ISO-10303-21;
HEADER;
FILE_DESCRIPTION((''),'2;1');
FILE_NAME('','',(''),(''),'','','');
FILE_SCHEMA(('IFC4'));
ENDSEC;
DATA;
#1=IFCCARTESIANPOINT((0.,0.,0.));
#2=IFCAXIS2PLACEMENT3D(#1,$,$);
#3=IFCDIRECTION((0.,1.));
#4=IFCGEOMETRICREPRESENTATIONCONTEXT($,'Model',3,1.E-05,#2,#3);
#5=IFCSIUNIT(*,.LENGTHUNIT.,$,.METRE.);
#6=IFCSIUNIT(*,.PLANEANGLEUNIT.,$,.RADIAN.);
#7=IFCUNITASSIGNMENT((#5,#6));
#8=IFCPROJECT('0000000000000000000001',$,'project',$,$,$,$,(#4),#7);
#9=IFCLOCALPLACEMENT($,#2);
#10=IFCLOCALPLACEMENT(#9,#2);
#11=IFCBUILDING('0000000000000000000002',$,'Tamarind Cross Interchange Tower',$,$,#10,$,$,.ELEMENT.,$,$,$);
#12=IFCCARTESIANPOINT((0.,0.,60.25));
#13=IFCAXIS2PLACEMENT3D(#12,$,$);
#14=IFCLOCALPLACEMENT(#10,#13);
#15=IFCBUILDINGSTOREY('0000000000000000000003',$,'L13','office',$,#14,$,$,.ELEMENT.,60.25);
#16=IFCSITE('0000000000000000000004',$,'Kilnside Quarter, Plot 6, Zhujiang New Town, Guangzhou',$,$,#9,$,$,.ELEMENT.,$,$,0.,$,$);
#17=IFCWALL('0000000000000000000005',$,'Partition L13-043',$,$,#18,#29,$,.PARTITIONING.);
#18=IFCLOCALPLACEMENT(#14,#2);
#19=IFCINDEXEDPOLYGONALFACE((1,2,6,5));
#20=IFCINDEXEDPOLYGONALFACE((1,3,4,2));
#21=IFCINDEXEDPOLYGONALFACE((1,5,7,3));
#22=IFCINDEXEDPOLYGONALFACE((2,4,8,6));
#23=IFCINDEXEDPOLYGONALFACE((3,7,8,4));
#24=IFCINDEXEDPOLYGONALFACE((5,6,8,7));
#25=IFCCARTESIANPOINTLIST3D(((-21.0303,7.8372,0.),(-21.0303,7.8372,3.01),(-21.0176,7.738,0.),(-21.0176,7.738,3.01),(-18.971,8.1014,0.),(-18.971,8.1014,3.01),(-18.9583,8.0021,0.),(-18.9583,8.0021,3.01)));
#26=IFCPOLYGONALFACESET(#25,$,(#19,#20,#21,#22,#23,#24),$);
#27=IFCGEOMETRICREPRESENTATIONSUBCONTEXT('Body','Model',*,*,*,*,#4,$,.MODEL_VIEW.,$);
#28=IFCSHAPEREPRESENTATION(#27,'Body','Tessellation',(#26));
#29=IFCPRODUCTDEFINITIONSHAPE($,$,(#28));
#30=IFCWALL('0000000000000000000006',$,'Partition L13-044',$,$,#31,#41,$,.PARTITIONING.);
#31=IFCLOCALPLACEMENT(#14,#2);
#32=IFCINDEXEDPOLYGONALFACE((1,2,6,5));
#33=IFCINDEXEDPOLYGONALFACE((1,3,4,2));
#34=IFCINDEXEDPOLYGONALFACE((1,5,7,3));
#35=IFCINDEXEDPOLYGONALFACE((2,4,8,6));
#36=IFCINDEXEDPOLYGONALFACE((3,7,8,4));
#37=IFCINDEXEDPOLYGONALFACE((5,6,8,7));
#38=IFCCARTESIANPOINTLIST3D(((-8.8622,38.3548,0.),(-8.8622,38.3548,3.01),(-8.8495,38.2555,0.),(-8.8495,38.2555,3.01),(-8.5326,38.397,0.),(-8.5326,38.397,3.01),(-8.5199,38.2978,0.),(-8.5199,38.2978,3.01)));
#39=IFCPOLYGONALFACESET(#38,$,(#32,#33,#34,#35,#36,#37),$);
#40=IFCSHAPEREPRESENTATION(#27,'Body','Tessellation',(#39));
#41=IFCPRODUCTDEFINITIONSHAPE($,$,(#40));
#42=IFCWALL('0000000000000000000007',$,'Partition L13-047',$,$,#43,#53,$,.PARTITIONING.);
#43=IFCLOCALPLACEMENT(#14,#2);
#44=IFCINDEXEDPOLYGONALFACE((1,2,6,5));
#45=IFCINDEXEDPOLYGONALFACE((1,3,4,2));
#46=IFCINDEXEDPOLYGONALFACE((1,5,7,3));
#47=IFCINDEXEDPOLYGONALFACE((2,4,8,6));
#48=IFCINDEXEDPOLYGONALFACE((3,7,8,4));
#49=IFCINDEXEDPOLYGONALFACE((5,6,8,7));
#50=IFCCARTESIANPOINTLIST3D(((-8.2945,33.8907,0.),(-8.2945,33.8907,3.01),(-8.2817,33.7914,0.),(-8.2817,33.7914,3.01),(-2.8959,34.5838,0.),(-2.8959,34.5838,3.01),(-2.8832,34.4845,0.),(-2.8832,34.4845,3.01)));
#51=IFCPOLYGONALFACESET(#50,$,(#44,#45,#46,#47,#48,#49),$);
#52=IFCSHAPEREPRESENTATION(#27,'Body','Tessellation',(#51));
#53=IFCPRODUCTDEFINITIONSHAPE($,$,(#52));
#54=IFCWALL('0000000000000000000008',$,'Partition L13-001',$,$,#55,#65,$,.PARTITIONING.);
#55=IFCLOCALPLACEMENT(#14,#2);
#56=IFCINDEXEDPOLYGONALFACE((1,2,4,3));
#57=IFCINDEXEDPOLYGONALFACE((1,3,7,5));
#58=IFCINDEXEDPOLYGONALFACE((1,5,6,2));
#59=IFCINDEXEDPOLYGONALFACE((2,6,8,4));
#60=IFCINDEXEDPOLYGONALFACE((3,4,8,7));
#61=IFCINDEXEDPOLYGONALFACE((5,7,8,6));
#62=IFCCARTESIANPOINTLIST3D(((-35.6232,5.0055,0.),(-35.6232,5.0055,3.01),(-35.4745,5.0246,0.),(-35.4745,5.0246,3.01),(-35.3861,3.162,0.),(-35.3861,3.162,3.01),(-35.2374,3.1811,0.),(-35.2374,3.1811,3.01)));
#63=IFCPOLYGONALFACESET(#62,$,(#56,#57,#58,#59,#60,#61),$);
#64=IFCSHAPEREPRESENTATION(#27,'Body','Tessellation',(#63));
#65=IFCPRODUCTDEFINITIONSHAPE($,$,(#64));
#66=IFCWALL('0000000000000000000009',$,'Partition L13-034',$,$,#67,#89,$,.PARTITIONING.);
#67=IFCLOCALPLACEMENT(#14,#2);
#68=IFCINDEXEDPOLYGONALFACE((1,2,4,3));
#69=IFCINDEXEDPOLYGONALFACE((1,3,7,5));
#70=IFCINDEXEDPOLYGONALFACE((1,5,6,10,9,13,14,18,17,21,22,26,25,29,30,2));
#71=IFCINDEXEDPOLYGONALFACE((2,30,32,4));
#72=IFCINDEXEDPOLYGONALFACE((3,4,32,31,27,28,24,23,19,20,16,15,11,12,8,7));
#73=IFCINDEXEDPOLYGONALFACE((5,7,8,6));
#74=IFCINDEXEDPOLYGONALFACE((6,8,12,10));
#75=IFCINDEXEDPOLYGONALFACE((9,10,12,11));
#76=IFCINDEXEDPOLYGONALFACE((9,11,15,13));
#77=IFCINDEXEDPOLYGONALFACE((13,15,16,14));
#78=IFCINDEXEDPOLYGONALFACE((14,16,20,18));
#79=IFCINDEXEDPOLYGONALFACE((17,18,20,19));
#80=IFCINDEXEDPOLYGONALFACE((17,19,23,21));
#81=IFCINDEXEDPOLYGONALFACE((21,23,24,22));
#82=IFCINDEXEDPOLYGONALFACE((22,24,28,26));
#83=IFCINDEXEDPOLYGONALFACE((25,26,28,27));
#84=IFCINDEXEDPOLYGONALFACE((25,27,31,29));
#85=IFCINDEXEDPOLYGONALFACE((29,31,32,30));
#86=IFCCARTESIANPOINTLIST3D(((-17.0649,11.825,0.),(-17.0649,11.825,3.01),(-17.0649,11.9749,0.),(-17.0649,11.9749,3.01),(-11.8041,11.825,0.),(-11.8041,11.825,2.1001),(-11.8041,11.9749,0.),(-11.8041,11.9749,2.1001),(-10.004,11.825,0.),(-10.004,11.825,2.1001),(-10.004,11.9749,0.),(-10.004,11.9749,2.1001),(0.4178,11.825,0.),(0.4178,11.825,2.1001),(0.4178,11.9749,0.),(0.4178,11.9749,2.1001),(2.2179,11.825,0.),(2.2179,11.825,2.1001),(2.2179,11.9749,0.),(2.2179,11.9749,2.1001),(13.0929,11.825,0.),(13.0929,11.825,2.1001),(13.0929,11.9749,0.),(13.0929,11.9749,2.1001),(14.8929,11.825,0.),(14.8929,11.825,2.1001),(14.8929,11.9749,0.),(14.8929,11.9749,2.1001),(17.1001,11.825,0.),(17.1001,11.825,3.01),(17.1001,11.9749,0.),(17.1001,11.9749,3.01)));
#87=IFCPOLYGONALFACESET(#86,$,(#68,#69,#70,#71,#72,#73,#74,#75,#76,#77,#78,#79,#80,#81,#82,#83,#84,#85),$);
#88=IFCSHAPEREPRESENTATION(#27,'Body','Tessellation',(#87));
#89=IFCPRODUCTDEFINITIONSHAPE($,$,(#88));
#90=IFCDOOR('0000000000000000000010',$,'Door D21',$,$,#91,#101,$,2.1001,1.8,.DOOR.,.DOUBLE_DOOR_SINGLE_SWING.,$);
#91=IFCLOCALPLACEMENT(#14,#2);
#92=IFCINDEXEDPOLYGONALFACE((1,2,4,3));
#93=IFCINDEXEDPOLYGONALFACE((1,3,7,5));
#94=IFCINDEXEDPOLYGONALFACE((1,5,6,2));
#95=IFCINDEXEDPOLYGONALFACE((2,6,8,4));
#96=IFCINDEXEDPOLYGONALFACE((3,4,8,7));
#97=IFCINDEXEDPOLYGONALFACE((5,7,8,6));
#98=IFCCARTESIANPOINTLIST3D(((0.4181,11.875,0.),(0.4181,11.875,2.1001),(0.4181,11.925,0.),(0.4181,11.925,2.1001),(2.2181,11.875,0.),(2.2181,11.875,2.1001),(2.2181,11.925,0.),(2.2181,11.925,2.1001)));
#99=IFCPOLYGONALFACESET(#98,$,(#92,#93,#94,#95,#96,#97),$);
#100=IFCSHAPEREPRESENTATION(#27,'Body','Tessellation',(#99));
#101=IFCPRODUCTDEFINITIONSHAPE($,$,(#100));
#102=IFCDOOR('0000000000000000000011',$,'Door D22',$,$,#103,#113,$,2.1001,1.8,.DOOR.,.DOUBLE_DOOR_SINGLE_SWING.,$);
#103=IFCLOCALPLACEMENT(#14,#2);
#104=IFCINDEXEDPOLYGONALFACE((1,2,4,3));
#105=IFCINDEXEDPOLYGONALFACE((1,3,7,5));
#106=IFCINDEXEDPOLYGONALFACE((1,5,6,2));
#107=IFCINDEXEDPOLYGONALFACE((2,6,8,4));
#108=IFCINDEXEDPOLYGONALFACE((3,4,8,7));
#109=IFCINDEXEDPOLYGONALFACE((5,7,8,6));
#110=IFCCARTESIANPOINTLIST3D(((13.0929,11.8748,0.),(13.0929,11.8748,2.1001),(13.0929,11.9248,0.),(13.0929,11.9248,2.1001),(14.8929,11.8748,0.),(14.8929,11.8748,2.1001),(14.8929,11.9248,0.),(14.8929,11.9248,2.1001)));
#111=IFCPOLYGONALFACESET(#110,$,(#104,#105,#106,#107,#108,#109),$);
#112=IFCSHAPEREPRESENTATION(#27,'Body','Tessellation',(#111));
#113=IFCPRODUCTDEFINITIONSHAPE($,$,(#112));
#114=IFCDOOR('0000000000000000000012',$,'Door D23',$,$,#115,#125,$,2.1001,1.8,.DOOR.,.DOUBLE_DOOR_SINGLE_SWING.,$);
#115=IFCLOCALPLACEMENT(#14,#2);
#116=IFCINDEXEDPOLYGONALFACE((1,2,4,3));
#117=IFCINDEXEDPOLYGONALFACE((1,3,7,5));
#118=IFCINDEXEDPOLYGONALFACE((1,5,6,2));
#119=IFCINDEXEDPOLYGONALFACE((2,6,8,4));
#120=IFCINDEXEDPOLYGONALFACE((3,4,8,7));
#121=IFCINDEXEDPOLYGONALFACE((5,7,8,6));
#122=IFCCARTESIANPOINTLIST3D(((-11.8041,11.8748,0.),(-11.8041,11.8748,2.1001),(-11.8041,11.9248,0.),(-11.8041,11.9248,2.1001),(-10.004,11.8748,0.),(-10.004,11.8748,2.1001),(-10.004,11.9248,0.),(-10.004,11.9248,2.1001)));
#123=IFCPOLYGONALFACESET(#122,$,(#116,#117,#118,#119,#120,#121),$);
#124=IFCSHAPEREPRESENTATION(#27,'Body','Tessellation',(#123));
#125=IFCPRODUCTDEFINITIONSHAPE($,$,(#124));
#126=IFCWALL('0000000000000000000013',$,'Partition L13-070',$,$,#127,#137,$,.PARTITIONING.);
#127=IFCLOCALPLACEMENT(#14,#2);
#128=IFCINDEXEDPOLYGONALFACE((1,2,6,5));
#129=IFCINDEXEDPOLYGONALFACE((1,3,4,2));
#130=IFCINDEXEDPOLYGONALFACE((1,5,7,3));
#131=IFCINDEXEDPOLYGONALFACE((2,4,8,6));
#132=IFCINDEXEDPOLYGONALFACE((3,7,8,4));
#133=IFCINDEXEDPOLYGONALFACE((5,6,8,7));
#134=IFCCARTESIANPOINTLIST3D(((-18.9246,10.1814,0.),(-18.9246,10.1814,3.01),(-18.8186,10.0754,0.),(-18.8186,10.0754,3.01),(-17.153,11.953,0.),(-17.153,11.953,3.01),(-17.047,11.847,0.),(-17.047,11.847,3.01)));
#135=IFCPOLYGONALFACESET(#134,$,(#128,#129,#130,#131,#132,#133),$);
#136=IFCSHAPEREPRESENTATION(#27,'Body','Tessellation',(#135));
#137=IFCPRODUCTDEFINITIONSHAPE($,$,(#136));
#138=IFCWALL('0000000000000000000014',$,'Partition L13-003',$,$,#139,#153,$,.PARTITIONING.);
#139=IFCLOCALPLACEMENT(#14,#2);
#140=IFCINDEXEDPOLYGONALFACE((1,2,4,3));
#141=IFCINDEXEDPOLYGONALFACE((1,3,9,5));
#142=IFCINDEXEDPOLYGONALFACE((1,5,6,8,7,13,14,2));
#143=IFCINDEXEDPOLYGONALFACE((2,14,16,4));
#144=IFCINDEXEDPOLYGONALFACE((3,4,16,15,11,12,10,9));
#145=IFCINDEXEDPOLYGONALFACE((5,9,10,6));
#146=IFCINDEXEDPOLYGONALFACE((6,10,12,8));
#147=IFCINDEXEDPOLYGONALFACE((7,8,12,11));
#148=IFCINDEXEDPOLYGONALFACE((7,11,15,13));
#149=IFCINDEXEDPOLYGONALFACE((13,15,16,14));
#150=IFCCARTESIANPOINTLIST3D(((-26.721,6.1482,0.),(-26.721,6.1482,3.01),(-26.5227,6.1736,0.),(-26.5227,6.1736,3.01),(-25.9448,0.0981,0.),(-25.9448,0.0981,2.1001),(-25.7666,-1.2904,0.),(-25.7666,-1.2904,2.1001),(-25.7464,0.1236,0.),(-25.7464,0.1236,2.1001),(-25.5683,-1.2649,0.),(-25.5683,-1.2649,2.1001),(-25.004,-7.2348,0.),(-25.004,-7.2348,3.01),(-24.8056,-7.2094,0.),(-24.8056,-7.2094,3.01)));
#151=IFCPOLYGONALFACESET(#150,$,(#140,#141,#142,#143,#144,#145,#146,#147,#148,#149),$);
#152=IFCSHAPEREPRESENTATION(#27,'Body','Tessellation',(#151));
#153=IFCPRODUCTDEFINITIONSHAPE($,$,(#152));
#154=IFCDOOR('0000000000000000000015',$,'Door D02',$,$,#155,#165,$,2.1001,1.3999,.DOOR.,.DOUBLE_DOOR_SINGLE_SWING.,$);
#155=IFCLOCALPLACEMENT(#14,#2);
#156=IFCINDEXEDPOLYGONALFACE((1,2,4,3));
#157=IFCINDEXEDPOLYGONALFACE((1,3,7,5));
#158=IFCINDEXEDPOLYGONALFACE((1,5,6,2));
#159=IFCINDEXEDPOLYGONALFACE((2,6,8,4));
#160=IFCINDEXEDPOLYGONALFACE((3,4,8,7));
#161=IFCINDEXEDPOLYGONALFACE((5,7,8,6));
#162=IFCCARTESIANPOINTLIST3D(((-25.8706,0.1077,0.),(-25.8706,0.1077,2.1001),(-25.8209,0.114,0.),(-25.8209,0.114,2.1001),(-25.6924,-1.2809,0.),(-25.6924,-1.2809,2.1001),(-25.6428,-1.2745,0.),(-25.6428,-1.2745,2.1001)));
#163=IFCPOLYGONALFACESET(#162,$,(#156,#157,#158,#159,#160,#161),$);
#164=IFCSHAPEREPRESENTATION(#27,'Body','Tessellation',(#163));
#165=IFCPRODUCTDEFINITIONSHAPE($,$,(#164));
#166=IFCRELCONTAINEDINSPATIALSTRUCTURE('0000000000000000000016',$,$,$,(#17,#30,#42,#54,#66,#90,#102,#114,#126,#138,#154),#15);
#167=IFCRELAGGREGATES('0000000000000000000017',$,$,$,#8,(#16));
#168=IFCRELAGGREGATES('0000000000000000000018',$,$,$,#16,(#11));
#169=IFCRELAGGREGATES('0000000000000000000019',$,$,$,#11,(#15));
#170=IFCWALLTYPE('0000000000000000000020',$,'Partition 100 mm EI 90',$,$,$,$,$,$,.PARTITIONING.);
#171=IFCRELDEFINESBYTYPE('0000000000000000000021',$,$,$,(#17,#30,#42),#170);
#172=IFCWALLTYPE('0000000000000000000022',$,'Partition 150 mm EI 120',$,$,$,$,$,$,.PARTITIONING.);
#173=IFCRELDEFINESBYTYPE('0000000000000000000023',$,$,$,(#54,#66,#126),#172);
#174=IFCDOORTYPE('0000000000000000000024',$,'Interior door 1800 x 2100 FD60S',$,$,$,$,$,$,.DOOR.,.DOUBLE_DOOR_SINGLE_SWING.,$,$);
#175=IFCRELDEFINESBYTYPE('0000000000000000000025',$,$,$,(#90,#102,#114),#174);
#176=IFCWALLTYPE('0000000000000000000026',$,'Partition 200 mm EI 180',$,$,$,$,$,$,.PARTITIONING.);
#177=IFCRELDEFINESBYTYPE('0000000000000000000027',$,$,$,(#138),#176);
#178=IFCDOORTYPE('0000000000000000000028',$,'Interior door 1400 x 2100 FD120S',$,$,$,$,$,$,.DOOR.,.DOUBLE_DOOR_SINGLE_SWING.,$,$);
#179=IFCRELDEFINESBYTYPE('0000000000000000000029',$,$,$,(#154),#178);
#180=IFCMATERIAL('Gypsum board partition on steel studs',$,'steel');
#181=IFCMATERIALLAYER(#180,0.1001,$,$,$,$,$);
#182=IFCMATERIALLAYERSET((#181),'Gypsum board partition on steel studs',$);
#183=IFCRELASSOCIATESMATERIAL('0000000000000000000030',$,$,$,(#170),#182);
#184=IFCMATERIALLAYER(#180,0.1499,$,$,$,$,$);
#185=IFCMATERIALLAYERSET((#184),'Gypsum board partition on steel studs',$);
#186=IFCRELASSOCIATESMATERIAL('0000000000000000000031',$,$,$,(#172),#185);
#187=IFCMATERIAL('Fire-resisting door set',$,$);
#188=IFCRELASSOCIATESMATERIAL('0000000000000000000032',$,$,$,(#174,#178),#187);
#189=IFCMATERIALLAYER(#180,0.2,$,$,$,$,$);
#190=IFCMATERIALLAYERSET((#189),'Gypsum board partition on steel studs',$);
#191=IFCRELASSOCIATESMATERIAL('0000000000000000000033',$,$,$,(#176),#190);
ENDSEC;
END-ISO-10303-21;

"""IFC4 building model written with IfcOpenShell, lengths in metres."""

from ifc_helpers import new_model, si_unit, direction, frame, frame_2d, origin, place, context, subcontext, project, spatial, rectangle, extrude, material, layer, layer_set, type_object, element, fill, save


model = new_model("IFC4")

# Units and contexts
model_context = context("Model", 3, precision=1e-05, world=origin(), true_north=direction((0.0, 1.0)))
body_context = subcontext(model_context, "Body", "Model", "MODEL_VIEW")
ifc_project = project(units=[si_unit("LENGTHUNIT", "METRE"), si_unit("PLANEANGLEUNIT", "RADIAN")], contexts=[model_context])

# Site, building, storey
site_placement = place(None, origin())
site = spatial("IfcSite", under=ifc_project, at=site_placement, Name="Kilnside Quarter, Plot 6, Zhujiang New Town, Guangzhou", CompositionType="ELEMENT", RefElevation=0.0)
building_placement = place(site_placement, origin())
building = spatial("IfcBuilding", under=site, at=building_placement, Name="Tamarind Cross Interchange Tower", CompositionType="ELEMENT")
storey_placement = place(building_placement, frame((0.0, 0.0, 60.25)))
storey = spatial("IfcBuildingStorey", under=building, at=storey_placement, Name="L13", Description="office", CompositionType="ELEMENT", Elevation=60.25)

# Walls
ifc_material_1 = material(Name="Gypsum board partition on steel studs", Category="steel")
ifc_layer_1 = layer(ifc_material_1, 0.1001)
ifc_layer_set_1 = layer_set([ifc_layer_1], Name="Gypsum board partition on steel studs")
wall_type_1 = type_object("IfcWallType", Name="Partition 100 mm EI 90", PredefinedType="PARTITIONING", material=ifc_layer_set_1)
wall_1_placement = place(storey_placement, frame((-21.0239, 7.7876, 0.0), z_axis=(0.0, 0.0, 1.0), x_axis=(0.991873, 0.127233, 0.0)))
element("IfcWall", 1, at=wall_1_placement, inside=storey, type_object=wall_type_1, Name="Partition L13-043", PredefinedType="PARTITIONING", context=body_context, shape_type="SweptSolid", body=[
    extrude(rectangle(XDim=2.0762, YDim=0.1001, at=frame_2d((1.0381, 0.0))), origin(), (0.0, 0.0, 1.0), 3.01),
])
wall_2_placement = place(storey_placement, frame((-8.8557, 38.3052, 0.0), z_axis=(0.0, 0.0, 1.0), x_axis=(0.991889, 0.127109, 0.0)))
element("IfcWall", 2, at=wall_2_placement, inside=storey, type_object=wall_type_1, Name="Partition L13-044", PredefinedType="PARTITIONING", context=body_context, shape_type="SweptSolid", body=[
    extrude(rectangle(XDim=0.3323, YDim=0.1001, at=frame_2d((0.166, 0.0))), origin(), (0.0, 0.0, 1.0), 3.01),
])
wall_3_placement = place(storey_placement, frame((-8.2881, 33.8411, 0.0), z_axis=(0.0, 0.0, 1.0), x_axis=(0.991859, 0.127341, 0.0)))
element("IfcWall", 3, at=wall_3_placement, inside=storey, type_object=wall_type_1, Name="Partition L13-047", PredefinedType="PARTITIONING", context=body_context, shape_type="SweptSolid", body=[
    extrude(rectangle(XDim=5.4429, YDim=0.1001, at=frame_2d((2.7214, 0.0))), origin(), (0.0, 0.0, 1.0), 3.01),
])
ifc_layer_2 = layer(ifc_material_1, 0.1499)
ifc_layer_set_2 = layer_set([ifc_layer_2], Name="Gypsum board partition on steel studs")
wall_type_2 = type_object("IfcWallType", Name="Partition 150 mm EI 120", PredefinedType="PARTITIONING", material=ifc_layer_set_2)
wall_4_placement = place(storey_placement, frame((-35.5488, 5.0149, 0.0), z_axis=(0.0, 0.0, 1.0), x_axis=(0.127542, -0.991833, 0.0)))
element("IfcWall", 4, at=wall_4_placement, inside=storey, type_object=wall_type_2, Name="Partition L13-001", PredefinedType="PARTITIONING", context=body_context, shape_type="SweptSolid", body=[
    extrude(rectangle(XDim=1.8586, YDim=0.1499, at=frame_2d((0.9292, 0.0))), origin(), (0.0, 0.0, 1.0), 3.01),
])

# Wall, openings, doors
wall_5_placement = place(storey_placement, frame((-17.0649, 11.8999, 0.0), z_axis=(0.0, 0.0, 1.0), x_axis=(1.0, 0.0, 0.0)))
wall_5 = element("IfcWall", 5, at=wall_5_placement, inside=storey, type_object=wall_type_2, Name="Partition L13-034", PredefinedType="PARTITIONING", context=body_context, shape_type="SweptSolid", body=[
    extrude(rectangle(XDim=34.165, YDim=0.1499, at=frame_2d((17.0825, 0.0))), origin(), (0.0, 0.0, 1.0), 3.01),
])
opening_1_placement = place(wall_5_placement, frame((17.4829, 0.0, 0.0)))
opening_1 = element("IfcOpeningElement", 6, at=opening_1_placement, cuts=wall_5, PredefinedType="OPENING", context=body_context, shape_type="SweptSolid", body=[
    extrude(rectangle(XDim=1.8, YDim=2.1001, at=frame_2d((0.8999, 1.05))), frame((0.0, 0.085, 0.0), z_axis=(0.0, -1.0, 0.0), x_axis=(1.0, 0.0, 0.0)), (0.0, 0.0, 1.0), 0.1699),
])
opening_2_placement = place(wall_5_placement, frame((30.158, 0.0, 0.0)))
opening_2 = element("IfcOpeningElement", 7, at=opening_2_placement, cuts=wall_5, PredefinedType="OPENING", context=body_context, shape_type="SweptSolid", body=[
    extrude(rectangle(XDim=1.8, YDim=2.1001, at=frame_2d((0.8999, 1.05))), frame((0.0, 0.085, 0.0), z_axis=(0.0, -1.0, 0.0), x_axis=(1.0, 0.0, 0.0)), (0.0, 0.0, 1.0), 0.1699),
])
opening_3_placement = place(wall_5_placement, frame((5.261, 0.0, 0.0)))
opening_3 = element("IfcOpeningElement", 8, at=opening_3_placement, cuts=wall_5, PredefinedType="OPENING", context=body_context, shape_type="SweptSolid", body=[
    extrude(rectangle(XDim=1.8, YDim=2.1001, at=frame_2d((0.8999, 1.05))), frame((0.0, 0.085, 0.0), z_axis=(0.0, -1.0, 0.0), x_axis=(1.0, 0.0, 0.0)), (0.0, 0.0, 1.0), 0.1699),
])
ifc_material_2 = material(Name="Fire-resisting door set")
door_type_1 = type_object("IfcDoorType", Name="Interior door 1800 x 2100 FD60S", OperationType="DOUBLE_DOOR_SINGLE_SWING", PredefinedType="DOOR", material=ifc_material_2)
door_1_placement = place(opening_1_placement, frame((1.8, 0.0, 0.0), z_axis=(0.0, 0.0, 1.0), x_axis=(-1.0, 0.0, 0.0)))
door_1 = element("IfcDoor", 9, at=door_1_placement, inside=storey, type_object=door_type_1, Name="Door D21", OperationType="DOUBLE_DOOR_SINGLE_SWING", OverallHeight=2.1001, OverallWidth=1.8, PredefinedType="DOOR", context=body_context, shape_type="SweptSolid", body=[
    extrude(rectangle(XDim=1.8, YDim=2.1001, at=frame_2d((0.8999, 1.05))), frame((0.0, 0.0249, 0.0), z_axis=(0.0, -1.0, 0.0), x_axis=(1.0, 0.0, 0.0)), (0.0, 0.0, 1.0), 0.05),
])
fill(opening_1, door_1)
door_2_placement = place(opening_2_placement, origin())
door_2 = element("IfcDoor", 10, at=door_2_placement, inside=storey, type_object=door_type_1, Name="Door D22", OperationType="DOUBLE_DOOR_SINGLE_SWING", OverallHeight=2.1001, OverallWidth=1.8, PredefinedType="DOOR", context=body_context, shape_type="SweptSolid", body=[
    extrude(rectangle(XDim=1.8, YDim=2.1001, at=frame_2d((0.8999, 1.05))), frame((0.0, 0.0249, 0.0), z_axis=(0.0, -1.0, 0.0), x_axis=(1.0, 0.0, 0.0)), (0.0, 0.0, 1.0), 0.05),
])
fill(opening_2, door_2)
door_3_placement = place(opening_3_placement, origin())
door_3 = element("IfcDoor", 11, at=door_3_placement, inside=storey, type_object=door_type_1, Name="Door D23", OperationType="DOUBLE_DOOR_SINGLE_SWING", OverallHeight=2.1001, OverallWidth=1.8, PredefinedType="DOOR", context=body_context, shape_type="SweptSolid", body=[
    extrude(rectangle(XDim=1.8, YDim=2.1001, at=frame_2d((0.8999, 1.05))), frame((0.0, 0.0249, 0.0), z_axis=(0.0, -1.0, 0.0), x_axis=(1.0, 0.0, 0.0)), (0.0, 0.0, 1.0), 0.05),
])
fill(opening_3, door_3)

# Wall
wall_6_placement = place(storey_placement, frame((-18.8716, 10.1284, 0.0), z_axis=(0.0, 0.0, 1.0), x_axis=(0.707107, 0.707107, 0.0)))
element("IfcWall", 12, at=wall_6_placement, inside=storey, type_object=wall_type_2, Name="Partition L13-070", PredefinedType="PARTITIONING", context=body_context, shape_type="SweptSolid", body=[
    extrude(rectangle(XDim=2.5054, YDim=0.1499, at=frame_2d((1.2527, 0.0))), origin(), (0.0, 0.0, 1.0), 3.01),
])

# Wall, opening, door
ifc_layer_3 = layer(ifc_material_1, 0.2)
ifc_layer_set_3 = layer_set([ifc_layer_3], Name="Gypsum board partition on steel studs")
wall_type_3 = type_object("IfcWallType", Name="Partition 200 mm EI 180", PredefinedType="PARTITIONING", material=ifc_layer_set_3)
wall_7_placement = place(storey_placement, frame((-26.6218, 6.1609, 0.0), z_axis=(0.0, 0.0, 1.0), x_axis=(0.127257, -0.99187, 0.0)))
wall_7 = element("IfcWall", 13, at=wall_7_placement, inside=storey, type_object=wall_type_3, Name="Partition L13-003", PredefinedType="PARTITIONING", context=body_context, shape_type="SweptSolid", body=[
    extrude(rectangle(XDim=13.4927, YDim=0.2, at=frame_2d((6.7463, 0.0))), origin(), (0.0, 0.0, 1.0), 3.01),
])
opening_4_placement = place(wall_7_placement, frame((6.0996, 0.0, 0.0)))
opening_4 = element("IfcOpeningElement", 14, at=opening_4_placement, cuts=wall_7, PredefinedType="OPENING", context=body_context, shape_type="SweptSolid", body=[
    extrude(rectangle(XDim=1.3999, YDim=2.1001, at=frame_2d((0.7, 1.05))), frame((0.0, 0.1099, 0.0), z_axis=(0.0, -1.0, 0.0), x_axis=(1.0, 0.0, 0.0)), (0.0, 0.0, 1.0), 0.22),
])
door_type_2 = type_object("IfcDoorType", Name="Interior door 1400 x 2100 FD120S", OperationType="DOUBLE_DOOR_SINGLE_SWING", PredefinedType="DOOR", material=ifc_material_2)
door_4_placement = place(opening_4_placement, origin())
door_4 = element("IfcDoor", 15, at=door_4_placement, inside=storey, type_object=door_type_2, Name="Door D02", OperationType="DOUBLE_DOOR_SINGLE_SWING", OverallHeight=2.1001, OverallWidth=1.3999, PredefinedType="DOOR", context=body_context, shape_type="SweptSolid", body=[
    extrude(rectangle(XDim=1.3999, YDim=2.1001, at=frame_2d((0.7, 1.05))), frame((0.0, 0.0249, 0.0), z_axis=(0.0, -1.0, 0.0), x_axis=(1.0, 0.0, 0.0)), (0.0, 0.0, 1.0), 0.05),
])
fill(opening_4, door_4)

save(model, "model.ifc")
